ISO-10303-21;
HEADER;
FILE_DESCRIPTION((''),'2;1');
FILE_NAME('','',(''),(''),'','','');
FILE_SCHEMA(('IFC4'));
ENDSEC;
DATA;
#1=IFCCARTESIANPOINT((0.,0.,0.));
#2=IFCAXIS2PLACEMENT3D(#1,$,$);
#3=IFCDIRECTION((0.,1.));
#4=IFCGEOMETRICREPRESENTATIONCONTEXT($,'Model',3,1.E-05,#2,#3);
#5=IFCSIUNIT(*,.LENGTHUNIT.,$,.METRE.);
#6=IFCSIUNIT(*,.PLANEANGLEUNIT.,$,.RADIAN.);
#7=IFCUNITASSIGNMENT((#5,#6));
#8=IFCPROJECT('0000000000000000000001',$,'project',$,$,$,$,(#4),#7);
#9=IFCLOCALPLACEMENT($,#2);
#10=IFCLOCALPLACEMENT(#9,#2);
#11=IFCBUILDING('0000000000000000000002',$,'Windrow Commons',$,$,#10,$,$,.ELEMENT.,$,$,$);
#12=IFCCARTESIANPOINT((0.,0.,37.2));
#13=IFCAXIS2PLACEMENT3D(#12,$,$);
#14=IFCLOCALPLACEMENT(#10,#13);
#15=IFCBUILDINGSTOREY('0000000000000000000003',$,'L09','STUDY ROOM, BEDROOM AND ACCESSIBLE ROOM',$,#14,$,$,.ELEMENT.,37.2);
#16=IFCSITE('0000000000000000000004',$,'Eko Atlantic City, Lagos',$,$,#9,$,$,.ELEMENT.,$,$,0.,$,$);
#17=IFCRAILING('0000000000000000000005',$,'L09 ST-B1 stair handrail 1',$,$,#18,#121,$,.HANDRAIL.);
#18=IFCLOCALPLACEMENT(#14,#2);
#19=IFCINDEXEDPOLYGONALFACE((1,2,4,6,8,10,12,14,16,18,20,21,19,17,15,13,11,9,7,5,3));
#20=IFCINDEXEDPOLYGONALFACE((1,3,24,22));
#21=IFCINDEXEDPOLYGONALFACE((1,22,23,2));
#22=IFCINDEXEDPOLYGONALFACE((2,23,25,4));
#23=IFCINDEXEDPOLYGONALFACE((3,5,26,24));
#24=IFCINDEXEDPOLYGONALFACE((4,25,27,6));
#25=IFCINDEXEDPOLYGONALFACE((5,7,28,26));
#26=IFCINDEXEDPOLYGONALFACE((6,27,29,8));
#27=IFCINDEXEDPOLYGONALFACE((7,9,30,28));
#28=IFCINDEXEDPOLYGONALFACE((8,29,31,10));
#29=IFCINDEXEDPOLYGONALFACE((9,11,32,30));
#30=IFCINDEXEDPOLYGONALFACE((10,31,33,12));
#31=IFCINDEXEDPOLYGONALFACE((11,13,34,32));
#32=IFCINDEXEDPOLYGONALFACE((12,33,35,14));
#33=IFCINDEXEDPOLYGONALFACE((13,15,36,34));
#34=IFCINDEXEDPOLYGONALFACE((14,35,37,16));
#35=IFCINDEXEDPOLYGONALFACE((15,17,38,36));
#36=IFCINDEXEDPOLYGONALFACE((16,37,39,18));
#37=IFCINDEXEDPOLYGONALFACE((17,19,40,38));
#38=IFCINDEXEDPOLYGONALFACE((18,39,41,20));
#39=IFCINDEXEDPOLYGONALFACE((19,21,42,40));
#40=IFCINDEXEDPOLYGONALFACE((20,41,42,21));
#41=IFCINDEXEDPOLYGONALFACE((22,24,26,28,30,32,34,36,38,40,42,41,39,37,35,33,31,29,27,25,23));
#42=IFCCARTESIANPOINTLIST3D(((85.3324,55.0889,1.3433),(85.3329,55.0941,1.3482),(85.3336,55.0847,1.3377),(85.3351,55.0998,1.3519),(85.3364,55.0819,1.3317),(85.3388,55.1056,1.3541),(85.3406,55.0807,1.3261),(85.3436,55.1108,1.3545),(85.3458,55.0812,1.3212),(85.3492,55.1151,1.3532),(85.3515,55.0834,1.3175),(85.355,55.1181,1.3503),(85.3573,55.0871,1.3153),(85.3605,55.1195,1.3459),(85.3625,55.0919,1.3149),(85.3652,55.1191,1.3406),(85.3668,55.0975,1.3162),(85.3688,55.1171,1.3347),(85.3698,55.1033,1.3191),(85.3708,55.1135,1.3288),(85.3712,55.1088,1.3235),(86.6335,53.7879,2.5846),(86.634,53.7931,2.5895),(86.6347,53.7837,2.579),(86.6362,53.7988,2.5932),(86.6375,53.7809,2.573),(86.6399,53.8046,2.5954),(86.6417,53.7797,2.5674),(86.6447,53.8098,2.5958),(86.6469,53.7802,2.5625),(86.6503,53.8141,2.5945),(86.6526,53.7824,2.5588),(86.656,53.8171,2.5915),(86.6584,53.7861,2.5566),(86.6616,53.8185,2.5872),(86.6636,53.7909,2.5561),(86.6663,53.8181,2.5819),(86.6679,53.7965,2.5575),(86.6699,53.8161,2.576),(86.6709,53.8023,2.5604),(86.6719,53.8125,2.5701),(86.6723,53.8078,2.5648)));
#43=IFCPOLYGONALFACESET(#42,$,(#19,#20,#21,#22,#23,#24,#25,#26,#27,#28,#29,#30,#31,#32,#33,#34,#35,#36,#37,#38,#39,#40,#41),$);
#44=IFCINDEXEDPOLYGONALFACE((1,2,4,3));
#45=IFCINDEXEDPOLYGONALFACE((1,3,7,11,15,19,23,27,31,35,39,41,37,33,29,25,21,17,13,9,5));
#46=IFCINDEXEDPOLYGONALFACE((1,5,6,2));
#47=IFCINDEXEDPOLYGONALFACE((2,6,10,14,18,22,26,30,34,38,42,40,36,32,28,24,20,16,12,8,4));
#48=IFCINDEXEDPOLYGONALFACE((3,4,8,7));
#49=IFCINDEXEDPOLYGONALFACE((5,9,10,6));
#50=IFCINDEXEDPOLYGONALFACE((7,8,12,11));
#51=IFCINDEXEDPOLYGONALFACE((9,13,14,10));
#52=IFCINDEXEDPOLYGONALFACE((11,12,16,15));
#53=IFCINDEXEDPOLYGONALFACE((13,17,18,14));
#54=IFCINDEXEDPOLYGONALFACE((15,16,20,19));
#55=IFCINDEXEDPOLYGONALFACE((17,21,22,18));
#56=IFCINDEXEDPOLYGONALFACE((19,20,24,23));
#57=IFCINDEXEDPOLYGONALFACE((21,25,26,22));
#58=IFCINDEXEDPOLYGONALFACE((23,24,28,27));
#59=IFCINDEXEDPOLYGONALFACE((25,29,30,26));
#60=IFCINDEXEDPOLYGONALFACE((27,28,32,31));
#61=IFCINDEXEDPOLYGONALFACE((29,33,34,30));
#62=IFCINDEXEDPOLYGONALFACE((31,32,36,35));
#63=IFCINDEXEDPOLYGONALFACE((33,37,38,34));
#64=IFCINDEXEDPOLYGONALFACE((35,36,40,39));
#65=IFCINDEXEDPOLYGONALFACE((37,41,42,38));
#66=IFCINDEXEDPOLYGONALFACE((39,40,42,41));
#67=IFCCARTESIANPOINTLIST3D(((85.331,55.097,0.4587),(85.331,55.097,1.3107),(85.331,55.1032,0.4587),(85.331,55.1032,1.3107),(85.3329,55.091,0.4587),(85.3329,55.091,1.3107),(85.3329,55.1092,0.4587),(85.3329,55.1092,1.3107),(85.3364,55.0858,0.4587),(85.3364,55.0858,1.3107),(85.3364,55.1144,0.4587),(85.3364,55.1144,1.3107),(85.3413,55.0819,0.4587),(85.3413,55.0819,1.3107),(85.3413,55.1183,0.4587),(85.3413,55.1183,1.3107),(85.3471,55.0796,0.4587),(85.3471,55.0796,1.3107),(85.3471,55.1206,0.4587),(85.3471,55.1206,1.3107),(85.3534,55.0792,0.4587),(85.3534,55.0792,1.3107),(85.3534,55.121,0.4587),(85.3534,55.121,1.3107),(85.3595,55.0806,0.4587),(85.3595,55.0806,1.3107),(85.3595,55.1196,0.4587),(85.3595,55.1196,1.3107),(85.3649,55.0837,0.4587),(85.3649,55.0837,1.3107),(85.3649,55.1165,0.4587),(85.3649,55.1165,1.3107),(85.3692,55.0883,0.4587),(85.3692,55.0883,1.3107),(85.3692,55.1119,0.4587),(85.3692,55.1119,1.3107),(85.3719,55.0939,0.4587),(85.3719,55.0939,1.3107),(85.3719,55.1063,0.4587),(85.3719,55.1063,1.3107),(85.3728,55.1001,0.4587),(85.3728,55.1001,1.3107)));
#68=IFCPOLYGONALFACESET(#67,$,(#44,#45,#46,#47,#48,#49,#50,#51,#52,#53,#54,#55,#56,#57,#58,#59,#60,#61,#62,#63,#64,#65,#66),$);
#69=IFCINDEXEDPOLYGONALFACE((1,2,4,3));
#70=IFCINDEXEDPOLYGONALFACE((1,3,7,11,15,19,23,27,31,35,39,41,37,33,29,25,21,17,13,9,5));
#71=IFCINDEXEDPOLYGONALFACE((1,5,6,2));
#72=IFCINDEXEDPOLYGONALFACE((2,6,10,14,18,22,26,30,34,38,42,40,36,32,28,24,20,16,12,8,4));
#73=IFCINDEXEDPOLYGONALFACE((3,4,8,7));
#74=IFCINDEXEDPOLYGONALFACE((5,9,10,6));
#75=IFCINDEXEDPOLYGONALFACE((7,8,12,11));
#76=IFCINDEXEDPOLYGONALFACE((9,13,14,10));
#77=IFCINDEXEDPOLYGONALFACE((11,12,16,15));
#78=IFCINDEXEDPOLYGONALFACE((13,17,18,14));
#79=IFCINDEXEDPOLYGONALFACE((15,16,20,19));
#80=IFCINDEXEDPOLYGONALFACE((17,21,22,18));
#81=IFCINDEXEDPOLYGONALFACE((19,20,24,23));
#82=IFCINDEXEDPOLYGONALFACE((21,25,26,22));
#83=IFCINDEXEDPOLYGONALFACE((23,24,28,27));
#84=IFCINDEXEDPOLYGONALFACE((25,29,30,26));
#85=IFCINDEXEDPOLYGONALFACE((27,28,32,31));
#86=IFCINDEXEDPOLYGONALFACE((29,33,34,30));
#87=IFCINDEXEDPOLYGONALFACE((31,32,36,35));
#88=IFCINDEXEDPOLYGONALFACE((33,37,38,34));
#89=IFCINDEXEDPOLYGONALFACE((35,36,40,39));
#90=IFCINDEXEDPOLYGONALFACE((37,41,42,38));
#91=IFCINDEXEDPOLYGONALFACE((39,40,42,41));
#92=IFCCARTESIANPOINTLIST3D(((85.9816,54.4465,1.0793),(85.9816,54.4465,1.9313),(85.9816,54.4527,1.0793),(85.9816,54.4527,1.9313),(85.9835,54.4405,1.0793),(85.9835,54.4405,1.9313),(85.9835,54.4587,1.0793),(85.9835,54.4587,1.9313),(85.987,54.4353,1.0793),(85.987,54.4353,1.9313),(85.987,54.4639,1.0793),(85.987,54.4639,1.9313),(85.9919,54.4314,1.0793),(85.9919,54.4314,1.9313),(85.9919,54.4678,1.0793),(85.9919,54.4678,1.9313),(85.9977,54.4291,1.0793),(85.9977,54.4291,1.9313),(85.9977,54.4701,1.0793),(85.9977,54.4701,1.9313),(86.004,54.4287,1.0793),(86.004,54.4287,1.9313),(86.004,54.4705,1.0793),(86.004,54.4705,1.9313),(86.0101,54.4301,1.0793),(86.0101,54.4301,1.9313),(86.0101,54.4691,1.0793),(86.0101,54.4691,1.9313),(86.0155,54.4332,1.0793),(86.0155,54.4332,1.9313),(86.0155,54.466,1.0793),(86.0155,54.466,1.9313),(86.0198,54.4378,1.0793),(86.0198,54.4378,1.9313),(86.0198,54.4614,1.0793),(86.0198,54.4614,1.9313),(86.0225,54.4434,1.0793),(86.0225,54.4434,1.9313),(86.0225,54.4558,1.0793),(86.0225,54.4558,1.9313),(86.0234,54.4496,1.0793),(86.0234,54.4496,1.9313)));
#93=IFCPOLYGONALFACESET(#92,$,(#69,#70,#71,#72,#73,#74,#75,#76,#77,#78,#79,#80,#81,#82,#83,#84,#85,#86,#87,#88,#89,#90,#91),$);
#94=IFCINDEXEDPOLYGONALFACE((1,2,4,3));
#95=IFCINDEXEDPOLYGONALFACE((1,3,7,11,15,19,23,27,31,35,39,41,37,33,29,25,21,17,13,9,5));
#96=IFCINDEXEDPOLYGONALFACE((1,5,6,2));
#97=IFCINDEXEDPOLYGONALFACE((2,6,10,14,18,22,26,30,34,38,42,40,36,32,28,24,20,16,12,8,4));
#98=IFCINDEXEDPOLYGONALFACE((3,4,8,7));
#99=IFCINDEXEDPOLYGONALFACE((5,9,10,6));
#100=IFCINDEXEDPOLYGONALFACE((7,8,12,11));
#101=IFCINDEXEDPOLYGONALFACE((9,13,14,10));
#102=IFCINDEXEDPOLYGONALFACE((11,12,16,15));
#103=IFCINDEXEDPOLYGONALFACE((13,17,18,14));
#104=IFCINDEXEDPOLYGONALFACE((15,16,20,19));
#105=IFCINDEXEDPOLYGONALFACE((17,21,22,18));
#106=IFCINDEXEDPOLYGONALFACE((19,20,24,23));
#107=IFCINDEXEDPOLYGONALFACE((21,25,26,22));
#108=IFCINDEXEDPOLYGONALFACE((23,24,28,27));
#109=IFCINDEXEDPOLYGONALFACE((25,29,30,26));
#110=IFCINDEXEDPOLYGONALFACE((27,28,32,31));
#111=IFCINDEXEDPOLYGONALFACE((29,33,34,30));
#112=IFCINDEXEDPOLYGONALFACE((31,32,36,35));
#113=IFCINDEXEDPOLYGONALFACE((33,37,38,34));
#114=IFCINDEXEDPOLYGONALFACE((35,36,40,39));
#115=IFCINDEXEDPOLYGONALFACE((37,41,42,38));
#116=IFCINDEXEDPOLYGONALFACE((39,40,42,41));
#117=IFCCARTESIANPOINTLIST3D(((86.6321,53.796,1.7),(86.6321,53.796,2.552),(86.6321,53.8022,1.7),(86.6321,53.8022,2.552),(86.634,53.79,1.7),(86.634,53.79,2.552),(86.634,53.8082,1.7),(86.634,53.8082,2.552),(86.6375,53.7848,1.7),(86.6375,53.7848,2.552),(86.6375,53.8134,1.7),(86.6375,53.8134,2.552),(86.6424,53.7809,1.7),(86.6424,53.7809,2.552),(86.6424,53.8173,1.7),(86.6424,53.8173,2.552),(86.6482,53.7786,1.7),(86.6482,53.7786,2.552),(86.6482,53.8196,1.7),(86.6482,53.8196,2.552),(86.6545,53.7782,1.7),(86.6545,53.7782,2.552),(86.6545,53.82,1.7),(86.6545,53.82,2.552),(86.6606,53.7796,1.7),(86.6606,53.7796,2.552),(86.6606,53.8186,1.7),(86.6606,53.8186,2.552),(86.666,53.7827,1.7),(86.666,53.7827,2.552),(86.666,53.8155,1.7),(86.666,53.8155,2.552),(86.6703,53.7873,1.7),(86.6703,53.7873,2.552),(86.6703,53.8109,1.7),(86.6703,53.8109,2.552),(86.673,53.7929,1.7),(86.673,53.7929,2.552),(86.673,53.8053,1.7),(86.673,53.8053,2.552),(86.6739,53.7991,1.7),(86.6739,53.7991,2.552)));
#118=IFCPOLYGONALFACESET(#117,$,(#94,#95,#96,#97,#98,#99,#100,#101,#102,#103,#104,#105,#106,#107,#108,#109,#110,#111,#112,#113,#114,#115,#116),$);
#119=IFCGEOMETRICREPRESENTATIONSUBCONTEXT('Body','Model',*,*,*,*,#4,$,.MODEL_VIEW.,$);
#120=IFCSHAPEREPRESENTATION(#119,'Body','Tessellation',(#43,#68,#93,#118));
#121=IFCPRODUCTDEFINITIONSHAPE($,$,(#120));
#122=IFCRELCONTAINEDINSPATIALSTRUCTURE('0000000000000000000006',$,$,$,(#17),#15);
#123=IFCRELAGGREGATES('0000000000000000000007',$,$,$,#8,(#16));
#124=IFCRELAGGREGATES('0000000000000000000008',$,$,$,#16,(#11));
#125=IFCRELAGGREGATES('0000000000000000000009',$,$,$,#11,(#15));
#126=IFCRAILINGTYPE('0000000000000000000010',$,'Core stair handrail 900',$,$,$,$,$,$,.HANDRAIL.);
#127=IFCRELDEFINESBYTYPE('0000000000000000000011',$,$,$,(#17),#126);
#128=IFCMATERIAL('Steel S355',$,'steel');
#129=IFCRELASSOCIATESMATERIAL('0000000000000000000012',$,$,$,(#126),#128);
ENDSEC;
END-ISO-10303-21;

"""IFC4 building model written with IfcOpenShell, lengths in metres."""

from ifc_helpers import new_model, si_unit, direction, frame, origin, origin_2d, place, context, subcontext, project, spatial, circle, extrude, material, type_object, element, save


model = new_model("IFC4")

# Units and contexts
model_context = context("Model", 3, precision=1e-05, world=origin(), true_north=direction((0.0, 1.0)))
body_context = subcontext(model_context, "Body", "Model", "MODEL_VIEW")
ifc_project = project(units=[si_unit("LENGTHUNIT", "METRE"), si_unit("PLANEANGLEUNIT", "RADIAN")], contexts=[model_context])

# Site, building, storey
site_placement = place(None, origin())
site = spatial("IfcSite", under=ifc_project, at=site_placement, Name="Eko Atlantic City, Lagos", CompositionType="ELEMENT", RefElevation=0.0)
building_placement = place(site_placement, origin())
building = spatial("IfcBuilding", under=site, at=building_placement, Name="Windrow Commons", CompositionType="ELEMENT")
storey_placement = place(building_placement, frame((0.0, 0.0, 37.2)))
storey = spatial("IfcBuildingStorey", under=building, at=storey_placement, Name="L09", Description="STUDY ROOM, BEDROOM AND ACCESSIBLE ROOM", CompositionType="ELEMENT", Elevation=37.2)

# Railing
ifc_material_1 = material(Name="Steel S355", Category="steel")
railing_type_1 = type_object("IfcRailingType", Name="Core stair handrail 900", PredefinedType="HANDRAIL", material=ifc_material_1)
railing_1_placement = place(storey_placement, frame((85.3518, 55.1001, 0.4587)))
element("IfcRailing", 1, at=railing_1_placement, inside=storey, type_object=railing_type_1, Name="L09 ST-B1 stair handrail 1", PredefinedType="HANDRAIL", context=body_context, shape_type="SweptSolid", body=[
    extrude(circle(Radius=0.024, at=origin_2d()), frame((0.0, 0.0, 0.876), z_axis=(0.586207, -0.586162, 0.559264), x_axis=(0.70708, 0.707134, 0.0)), (0.0, 0.0, 1.0), 2.2195),
    extrude(circle(Radius=0.021, at=origin_2d()), origin(), (0.0, 0.0, 1.0), 0.852),
    extrude(circle(Radius=0.021, at=origin_2d()), frame((0.6506, -0.6505, 0.6206)), (0.0, 0.0, 1.0), 0.852),
    extrude(circle(Radius=0.021, at=origin_2d()), frame((1.3011, -1.301, 1.2413)), (0.0, 0.0, 1.0), 0.852),
])

save(model, "model.ifc")
